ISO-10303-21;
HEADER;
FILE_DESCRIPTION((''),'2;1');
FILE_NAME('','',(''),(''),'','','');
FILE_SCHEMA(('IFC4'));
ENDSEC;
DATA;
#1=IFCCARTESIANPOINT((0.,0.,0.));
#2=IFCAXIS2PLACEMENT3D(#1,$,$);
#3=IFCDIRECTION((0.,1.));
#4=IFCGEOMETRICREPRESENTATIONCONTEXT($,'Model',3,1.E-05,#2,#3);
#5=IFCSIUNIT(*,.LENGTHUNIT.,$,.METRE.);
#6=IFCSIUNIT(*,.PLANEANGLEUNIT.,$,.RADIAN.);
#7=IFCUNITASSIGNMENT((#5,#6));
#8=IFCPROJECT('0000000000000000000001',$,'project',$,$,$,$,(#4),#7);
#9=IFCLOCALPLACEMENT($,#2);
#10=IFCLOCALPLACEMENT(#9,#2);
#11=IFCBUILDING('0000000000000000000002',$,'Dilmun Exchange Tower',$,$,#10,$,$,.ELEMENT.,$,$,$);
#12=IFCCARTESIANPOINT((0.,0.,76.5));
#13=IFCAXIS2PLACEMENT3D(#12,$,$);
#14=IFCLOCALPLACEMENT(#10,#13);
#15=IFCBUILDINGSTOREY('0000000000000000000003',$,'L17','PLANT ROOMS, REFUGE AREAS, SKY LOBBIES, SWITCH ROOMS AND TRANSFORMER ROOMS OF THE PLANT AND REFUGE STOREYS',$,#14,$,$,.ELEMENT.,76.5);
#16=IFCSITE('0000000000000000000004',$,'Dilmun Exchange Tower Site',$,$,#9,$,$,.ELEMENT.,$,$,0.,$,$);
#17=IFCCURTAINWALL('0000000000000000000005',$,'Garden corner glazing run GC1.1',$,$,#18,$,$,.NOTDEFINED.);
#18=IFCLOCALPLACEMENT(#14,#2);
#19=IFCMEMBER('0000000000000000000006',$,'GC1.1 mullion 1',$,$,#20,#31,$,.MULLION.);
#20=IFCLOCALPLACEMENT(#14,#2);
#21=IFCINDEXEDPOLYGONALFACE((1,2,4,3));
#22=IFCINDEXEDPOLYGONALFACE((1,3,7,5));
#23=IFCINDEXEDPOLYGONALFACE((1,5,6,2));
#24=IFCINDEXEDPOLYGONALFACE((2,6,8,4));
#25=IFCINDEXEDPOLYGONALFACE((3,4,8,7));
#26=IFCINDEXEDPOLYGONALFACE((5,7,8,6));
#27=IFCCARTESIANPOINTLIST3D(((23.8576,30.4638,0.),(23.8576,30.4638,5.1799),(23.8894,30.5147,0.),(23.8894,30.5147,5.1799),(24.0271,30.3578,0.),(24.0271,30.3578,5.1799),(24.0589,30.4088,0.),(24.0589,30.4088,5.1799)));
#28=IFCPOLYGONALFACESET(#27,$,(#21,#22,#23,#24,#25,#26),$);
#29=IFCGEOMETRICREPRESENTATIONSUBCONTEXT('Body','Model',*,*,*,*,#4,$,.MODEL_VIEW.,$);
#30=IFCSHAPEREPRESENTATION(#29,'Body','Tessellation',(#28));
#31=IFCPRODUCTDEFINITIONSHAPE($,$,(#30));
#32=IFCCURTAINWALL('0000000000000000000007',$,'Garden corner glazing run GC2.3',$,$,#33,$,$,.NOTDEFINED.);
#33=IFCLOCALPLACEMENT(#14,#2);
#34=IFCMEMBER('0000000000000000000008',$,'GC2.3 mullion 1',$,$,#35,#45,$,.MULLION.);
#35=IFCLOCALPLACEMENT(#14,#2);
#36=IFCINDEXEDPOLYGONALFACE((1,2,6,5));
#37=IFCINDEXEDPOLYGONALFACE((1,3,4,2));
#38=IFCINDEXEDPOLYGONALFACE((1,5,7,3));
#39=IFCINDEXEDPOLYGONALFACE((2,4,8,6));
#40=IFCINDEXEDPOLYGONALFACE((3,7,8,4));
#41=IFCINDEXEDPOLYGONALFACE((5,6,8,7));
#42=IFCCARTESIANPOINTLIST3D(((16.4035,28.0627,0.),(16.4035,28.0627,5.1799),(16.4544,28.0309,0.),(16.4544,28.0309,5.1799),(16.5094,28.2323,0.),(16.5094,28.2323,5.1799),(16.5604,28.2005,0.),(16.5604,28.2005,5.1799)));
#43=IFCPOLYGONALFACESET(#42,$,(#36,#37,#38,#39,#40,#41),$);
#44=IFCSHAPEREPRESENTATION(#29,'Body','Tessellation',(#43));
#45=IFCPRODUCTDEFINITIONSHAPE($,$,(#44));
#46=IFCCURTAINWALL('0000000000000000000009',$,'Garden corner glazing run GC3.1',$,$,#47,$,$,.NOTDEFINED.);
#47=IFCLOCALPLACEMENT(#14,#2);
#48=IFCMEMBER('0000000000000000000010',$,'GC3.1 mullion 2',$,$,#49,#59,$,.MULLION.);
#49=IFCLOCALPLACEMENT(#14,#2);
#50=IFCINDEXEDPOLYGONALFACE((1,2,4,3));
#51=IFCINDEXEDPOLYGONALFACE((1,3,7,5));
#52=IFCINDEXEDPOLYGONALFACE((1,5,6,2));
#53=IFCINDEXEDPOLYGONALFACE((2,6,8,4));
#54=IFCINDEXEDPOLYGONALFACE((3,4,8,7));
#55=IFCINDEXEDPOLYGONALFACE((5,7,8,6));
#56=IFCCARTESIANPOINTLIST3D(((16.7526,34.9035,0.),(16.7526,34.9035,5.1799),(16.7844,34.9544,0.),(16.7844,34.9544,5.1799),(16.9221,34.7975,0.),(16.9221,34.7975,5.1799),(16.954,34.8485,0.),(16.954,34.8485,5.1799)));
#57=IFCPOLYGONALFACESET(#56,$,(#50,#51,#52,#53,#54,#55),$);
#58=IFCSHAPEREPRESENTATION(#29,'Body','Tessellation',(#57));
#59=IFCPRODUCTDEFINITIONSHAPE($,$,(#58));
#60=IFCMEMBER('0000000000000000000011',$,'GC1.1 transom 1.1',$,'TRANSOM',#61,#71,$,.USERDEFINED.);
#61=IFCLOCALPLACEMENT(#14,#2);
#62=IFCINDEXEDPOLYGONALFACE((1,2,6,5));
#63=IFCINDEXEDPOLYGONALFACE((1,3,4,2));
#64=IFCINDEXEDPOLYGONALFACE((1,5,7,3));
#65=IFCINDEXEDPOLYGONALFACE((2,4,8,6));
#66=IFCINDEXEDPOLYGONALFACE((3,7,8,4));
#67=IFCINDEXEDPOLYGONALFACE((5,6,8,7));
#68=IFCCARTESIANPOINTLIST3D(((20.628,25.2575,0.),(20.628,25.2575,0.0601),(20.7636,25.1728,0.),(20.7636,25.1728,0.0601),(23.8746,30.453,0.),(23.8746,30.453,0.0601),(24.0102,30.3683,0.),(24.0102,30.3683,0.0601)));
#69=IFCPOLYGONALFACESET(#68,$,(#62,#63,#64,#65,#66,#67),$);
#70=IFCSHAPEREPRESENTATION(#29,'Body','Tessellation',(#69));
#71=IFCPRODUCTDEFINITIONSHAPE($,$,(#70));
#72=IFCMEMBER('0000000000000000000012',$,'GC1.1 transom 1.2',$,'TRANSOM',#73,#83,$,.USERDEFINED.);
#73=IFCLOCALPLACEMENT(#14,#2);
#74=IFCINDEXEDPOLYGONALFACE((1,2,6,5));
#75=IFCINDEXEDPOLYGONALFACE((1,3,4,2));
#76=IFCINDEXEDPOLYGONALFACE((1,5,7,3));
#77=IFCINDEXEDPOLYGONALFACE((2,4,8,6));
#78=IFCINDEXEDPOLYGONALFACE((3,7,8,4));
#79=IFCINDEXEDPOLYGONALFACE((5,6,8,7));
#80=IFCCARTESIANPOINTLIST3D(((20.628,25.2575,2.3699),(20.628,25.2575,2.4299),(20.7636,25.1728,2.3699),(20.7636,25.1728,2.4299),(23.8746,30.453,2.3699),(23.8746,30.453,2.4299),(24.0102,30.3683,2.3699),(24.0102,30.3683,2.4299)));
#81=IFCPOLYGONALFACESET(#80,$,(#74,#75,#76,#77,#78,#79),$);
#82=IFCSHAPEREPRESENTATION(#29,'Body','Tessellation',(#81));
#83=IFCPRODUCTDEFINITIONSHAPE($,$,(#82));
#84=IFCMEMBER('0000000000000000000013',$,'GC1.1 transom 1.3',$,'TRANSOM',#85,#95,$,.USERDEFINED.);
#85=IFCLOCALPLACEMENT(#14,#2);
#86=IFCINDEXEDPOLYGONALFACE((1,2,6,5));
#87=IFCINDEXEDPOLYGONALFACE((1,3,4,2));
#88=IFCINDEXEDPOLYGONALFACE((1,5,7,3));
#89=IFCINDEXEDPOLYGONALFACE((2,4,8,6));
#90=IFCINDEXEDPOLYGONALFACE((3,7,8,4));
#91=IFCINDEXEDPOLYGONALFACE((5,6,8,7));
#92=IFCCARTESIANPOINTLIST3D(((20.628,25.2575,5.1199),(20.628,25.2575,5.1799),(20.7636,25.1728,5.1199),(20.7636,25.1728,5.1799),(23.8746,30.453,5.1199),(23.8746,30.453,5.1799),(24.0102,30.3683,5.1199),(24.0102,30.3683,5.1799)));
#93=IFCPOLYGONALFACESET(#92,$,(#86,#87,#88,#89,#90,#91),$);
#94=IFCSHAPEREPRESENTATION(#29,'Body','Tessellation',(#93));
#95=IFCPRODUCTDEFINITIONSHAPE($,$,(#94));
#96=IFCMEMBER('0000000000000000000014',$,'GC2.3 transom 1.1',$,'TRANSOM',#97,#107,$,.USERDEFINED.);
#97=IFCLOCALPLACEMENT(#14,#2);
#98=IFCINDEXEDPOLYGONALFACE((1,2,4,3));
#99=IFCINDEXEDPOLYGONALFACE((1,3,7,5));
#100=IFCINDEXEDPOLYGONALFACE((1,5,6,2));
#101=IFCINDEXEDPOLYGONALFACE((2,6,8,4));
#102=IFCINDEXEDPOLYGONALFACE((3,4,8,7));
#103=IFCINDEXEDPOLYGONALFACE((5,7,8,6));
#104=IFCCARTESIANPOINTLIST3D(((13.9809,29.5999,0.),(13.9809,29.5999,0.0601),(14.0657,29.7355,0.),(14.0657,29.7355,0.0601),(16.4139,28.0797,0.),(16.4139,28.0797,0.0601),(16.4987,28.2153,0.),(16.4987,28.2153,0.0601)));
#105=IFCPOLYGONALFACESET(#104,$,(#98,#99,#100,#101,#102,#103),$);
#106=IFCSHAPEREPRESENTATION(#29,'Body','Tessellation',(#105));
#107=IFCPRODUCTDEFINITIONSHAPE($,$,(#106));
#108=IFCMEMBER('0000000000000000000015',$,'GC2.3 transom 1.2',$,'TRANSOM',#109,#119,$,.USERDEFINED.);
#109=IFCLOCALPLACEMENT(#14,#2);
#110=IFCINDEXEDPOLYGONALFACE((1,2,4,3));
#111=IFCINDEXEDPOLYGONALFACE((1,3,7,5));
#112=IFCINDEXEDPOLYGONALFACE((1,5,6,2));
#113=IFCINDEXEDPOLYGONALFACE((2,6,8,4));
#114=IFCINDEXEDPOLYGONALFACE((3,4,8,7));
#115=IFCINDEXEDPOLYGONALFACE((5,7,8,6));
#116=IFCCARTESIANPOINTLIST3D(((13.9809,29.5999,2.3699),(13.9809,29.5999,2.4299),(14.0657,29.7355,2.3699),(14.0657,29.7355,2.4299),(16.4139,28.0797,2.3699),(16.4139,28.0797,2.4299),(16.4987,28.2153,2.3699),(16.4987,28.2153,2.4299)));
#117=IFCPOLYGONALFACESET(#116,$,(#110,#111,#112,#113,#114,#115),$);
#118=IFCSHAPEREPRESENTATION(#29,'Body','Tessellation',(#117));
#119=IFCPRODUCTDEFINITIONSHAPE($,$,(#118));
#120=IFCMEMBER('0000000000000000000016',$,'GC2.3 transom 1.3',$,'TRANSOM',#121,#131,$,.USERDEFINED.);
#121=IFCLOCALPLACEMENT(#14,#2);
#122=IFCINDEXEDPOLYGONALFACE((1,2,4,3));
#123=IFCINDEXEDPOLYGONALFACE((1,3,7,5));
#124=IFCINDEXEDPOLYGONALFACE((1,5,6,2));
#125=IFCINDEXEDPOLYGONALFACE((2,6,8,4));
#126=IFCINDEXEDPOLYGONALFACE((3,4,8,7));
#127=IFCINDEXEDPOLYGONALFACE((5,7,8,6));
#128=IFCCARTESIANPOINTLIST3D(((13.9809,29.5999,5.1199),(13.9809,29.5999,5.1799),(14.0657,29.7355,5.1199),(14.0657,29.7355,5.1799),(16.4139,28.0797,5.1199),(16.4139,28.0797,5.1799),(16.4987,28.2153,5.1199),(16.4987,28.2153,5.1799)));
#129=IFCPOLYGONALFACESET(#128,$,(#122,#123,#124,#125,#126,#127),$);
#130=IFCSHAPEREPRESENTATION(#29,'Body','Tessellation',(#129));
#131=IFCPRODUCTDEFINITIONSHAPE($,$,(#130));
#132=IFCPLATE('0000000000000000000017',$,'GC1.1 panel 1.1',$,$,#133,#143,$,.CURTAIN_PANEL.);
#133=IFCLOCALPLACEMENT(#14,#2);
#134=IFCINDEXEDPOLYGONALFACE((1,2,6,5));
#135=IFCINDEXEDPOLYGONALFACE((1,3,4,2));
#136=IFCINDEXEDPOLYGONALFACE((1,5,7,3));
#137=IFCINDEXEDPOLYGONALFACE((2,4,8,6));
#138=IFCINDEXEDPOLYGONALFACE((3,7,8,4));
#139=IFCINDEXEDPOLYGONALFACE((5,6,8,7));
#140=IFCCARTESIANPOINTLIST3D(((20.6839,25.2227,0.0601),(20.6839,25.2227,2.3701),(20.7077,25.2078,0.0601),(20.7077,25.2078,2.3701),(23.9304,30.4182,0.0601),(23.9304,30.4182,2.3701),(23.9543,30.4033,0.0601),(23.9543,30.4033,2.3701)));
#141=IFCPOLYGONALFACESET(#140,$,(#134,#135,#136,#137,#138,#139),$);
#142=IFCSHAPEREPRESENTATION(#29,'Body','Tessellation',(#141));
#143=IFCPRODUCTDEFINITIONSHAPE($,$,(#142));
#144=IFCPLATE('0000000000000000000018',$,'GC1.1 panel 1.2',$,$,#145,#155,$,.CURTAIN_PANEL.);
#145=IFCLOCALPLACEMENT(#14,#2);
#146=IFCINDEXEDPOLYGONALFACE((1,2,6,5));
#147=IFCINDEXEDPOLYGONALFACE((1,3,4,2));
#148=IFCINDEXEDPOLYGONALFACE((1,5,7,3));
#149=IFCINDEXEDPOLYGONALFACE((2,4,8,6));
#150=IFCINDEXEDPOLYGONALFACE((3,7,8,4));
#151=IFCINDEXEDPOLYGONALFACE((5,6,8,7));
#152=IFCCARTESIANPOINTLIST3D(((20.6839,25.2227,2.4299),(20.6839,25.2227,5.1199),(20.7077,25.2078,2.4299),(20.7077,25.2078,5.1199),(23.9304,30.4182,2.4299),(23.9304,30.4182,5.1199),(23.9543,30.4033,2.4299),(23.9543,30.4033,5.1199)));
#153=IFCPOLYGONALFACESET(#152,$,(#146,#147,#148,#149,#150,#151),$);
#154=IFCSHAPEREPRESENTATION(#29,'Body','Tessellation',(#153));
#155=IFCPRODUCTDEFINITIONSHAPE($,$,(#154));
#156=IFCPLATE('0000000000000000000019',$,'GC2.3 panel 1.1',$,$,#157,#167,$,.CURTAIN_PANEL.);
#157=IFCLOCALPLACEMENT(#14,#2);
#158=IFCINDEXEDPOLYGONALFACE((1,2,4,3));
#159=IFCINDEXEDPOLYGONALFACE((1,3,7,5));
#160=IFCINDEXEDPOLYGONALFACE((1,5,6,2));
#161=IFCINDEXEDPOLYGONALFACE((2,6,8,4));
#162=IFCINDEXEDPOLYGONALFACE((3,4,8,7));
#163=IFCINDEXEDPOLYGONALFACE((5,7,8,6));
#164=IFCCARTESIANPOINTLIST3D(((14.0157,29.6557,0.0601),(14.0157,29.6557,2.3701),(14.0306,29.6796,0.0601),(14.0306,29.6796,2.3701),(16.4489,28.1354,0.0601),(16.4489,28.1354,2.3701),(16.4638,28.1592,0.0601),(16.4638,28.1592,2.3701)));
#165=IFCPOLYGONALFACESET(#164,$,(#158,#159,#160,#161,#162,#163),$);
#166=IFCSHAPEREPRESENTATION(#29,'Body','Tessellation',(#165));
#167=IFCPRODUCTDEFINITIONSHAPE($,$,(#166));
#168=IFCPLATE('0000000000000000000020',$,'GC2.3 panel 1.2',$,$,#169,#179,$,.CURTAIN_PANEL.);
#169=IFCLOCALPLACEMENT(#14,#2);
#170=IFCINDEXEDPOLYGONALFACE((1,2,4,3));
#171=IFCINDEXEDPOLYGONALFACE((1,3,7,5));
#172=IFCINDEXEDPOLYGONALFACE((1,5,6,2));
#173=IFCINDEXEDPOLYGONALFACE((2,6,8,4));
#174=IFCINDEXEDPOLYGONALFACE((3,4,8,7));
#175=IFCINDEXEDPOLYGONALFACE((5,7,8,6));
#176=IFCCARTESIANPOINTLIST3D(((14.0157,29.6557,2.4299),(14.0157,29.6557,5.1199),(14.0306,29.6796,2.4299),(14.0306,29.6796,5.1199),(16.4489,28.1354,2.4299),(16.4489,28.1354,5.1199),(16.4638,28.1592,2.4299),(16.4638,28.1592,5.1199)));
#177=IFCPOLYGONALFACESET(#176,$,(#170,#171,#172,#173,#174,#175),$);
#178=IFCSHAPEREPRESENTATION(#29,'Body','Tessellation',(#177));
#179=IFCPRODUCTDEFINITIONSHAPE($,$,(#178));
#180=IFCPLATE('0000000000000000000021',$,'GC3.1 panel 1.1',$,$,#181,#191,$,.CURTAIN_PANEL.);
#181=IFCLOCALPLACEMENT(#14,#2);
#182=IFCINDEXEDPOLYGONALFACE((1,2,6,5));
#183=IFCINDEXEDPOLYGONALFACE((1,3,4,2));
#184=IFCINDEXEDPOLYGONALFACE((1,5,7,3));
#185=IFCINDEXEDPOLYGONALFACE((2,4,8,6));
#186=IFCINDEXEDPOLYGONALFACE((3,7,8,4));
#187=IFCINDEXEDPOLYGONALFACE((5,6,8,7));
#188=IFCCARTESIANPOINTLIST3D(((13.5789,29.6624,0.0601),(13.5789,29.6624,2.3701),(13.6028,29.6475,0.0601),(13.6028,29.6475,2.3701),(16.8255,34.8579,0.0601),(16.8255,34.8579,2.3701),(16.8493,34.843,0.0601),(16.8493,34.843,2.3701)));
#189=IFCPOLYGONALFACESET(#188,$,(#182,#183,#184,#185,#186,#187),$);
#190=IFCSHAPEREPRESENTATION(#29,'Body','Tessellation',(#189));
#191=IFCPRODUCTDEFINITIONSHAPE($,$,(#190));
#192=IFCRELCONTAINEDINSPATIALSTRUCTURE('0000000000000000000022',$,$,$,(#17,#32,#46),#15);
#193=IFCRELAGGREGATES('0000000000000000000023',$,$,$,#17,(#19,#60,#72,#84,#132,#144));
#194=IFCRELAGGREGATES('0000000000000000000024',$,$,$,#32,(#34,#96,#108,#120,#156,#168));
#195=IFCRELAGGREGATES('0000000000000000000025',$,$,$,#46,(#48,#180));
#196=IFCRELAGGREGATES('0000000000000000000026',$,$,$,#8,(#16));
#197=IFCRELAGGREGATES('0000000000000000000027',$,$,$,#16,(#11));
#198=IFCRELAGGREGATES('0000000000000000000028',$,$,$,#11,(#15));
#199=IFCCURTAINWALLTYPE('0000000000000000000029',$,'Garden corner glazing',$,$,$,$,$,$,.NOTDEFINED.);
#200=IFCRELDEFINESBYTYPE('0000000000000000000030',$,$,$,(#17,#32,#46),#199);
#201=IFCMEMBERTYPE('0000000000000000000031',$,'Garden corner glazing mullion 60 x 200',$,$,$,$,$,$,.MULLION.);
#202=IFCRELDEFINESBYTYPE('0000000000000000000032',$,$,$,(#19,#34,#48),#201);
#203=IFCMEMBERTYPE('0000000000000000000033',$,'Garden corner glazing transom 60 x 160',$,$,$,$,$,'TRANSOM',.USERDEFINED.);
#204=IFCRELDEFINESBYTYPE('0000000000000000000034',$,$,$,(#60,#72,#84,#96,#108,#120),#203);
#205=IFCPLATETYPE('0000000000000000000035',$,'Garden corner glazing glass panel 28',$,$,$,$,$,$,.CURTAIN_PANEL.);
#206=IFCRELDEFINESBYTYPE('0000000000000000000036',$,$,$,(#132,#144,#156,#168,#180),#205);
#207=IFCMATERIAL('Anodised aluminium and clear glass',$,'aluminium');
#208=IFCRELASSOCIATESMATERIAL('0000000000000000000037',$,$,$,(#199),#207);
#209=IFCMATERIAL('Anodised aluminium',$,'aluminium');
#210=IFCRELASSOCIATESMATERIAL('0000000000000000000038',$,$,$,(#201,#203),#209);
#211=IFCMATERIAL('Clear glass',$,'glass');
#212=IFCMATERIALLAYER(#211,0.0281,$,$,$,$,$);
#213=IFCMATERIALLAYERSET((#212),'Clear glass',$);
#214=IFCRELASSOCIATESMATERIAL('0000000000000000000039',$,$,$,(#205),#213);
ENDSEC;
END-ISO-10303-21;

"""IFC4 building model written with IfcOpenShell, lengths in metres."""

from ifc_helpers import new_model, si_unit, direction, frame, origin, origin_2d, place, context, subcontext, project, spatial, rectangle, extrude, material, layer, layer_set, material_profile, profile_set, type_object, element, aggregate, save


model = new_model("IFC4")

# Units and contexts
model_context = context("Model", 3, precision=1e-05, world=origin(), true_north=direction((0.0, 1.0)))
body_context = subcontext(model_context, "Body", "Model", "MODEL_VIEW")
ifc_project = project(units=[si_unit("LENGTHUNIT", "METRE"), si_unit("PLANEANGLEUNIT", "RADIAN")], contexts=[model_context])

# Site, building, storey
site_placement = place(None, origin())
site = spatial("IfcSite", under=ifc_project, at=site_placement, Name="Dilmun Exchange Tower Site", CompositionType="ELEMENT", RefElevation=0.0)
building_placement = place(site_placement, origin())
building = spatial("IfcBuilding", under=site, at=building_placement, Name="Dilmun Exchange Tower", CompositionType="ELEMENT")
storey_placement = place(building_placement, frame((0.0, 0.0, 76.5)))
storey = spatial("IfcBuildingStorey", under=building, at=storey_placement, Name="L17", Description="PLANT ROOMS, REFUGE AREAS, SKY LOBBIES, SWITCH ROOMS AND TRANSFORMER ROOMS OF THE PLANT AND REFUGE STOREYS", CompositionType="ELEMENT", Elevation=76.5)

# Curtain walls, members
ifc_material_1 = material(Name="Anodised aluminium and clear glass", Category="aluminium")
curtain_wall_type = type_object("IfcCurtainWallType", Name="Garden corner glazing", PredefinedType="NOTDEFINED", material=ifc_material_1)
curtain_wall_1_placement = place(storey_placement, origin())
curtain_wall_1 = element("IfcCurtainWall", 1, at=curtain_wall_1_placement, inside=storey, type_object=curtain_wall_type, Name="Garden corner glazing run GC1.1", PredefinedType="NOTDEFINED")
ifc_material_2 = material(Name="Anodised aluminium", Category="aluminium")
ifc_material_profile_1 = material_profile(ifc_material_2, rectangle(XDim=0.2, YDim=0.0601, at=origin_2d()), Name="AL 60x200")
ifc_profile_set_1 = profile_set([ifc_material_profile_1], Name="Anodised aluminium")
member_type_1 = type_object("IfcMemberType", Name="Garden corner glazing mullion 60 x 200", PredefinedType="MULLION", material=ifc_profile_set_1)
member_1_placement = place(storey_placement, frame((23.9583, 30.4363, 0.0), z_axis=(0.0, 0.0, 1.0), x_axis=(0.84805, -0.529917, 0.0)))
member_1 = element("IfcMember", 2, at=member_1_placement, type_object=member_type_1, Name="GC1.1 mullion 1", PredefinedType="MULLION", context=body_context, shape_type="SweptSolid", body=[
    extrude(rectangle(XDim=0.2, YDim=0.0601, at=origin_2d()), origin(), (0.0, 0.0, 1.0), 5.1799),
])
curtain_wall_2_placement = place(storey_placement, origin())
curtain_wall_2 = element("IfcCurtainWall", 3, at=curtain_wall_2_placement, inside=storey, type_object=curtain_wall_type, Name="Garden corner glazing run GC2.3", PredefinedType="NOTDEFINED")
member_2_placement = place(storey_placement, frame((16.4819, 28.1316, 0.0), z_axis=(0.0, 0.0, 1.0), x_axis=(-0.5299, -0.84806, 0.0)))
member_2 = element("IfcMember", 4, at=member_2_placement, type_object=member_type_1, Name="GC2.3 mullion 1", PredefinedType="MULLION", context=body_context, shape_type="SweptSolid", body=[
    extrude(rectangle(XDim=0.2, YDim=0.0601, at=origin_2d()), origin(), (0.0, 0.0, 1.0), 5.1799),
])
curtain_wall_3_placement = place(storey_placement, origin())
curtain_wall_3 = element("IfcCurtainWall", 5, at=curtain_wall_3_placement, inside=storey, type_object=curtain_wall_type, Name="Garden corner glazing run GC3.1", PredefinedType="NOTDEFINED")
member_3_placement = place(storey_placement, frame((16.8533, 34.876, 0.0), z_axis=(0.0, 0.0, 1.0), x_axis=(-0.84805, 0.529917, 0.0)))
member_3 = element("IfcMember", 6, at=member_3_placement, type_object=member_type_1, Name="GC3.1 mullion 2", PredefinedType="MULLION", context=body_context, shape_type="SweptSolid", body=[
    extrude(rectangle(XDim=0.2, YDim=0.0601, at=origin_2d()), origin(), (0.0, 0.0, 1.0), 5.1799),
])

# Members
ifc_material_profile_2 = material_profile(ifc_material_2, rectangle(XDim=0.1599, YDim=0.0601, at=origin_2d()), Name="AL 60x160")
ifc_profile_set_2 = profile_set([ifc_material_profile_2], Name="Anodised aluminium")
member_type_2 = type_object("IfcMemberType", Name="Garden corner glazing transom 60 x 160", ElementType="TRANSOM", PredefinedType="USERDEFINED", material=ifc_profile_set_2)
member_4_placement = place(storey_placement, frame((23.9424, 30.4106, 0.03), z_axis=(-0.529924, -0.848045, 0.0), x_axis=(0.848045, -0.529924, 0.0)))
member_4 = element("IfcMember", 7, at=member_4_placement, type_object=member_type_2, Name="GC1.1 transom 1.1", ObjectType="TRANSOM", PredefinedType="USERDEFINED", context=body_context, shape_type="SweptSolid", body=[
    extrude(rectangle(XDim=0.1599, YDim=0.0601, at=origin_2d()), origin(), (0.0, 0.0, 1.0), 6.1265),
])
member_5_placement = place(storey_placement, frame((23.9424, 30.4106, 2.3999), z_axis=(-0.529924, -0.848045, 0.0), x_axis=(0.848045, -0.529924, 0.0)))
member_5 = element("IfcMember", 8, at=member_5_placement, type_object=member_type_2, Name="GC1.1 transom 1.2", ObjectType="TRANSOM", PredefinedType="USERDEFINED", context=body_context, shape_type="SweptSolid", body=[
    extrude(rectangle(XDim=0.1599, YDim=0.0601, at=origin_2d()), origin(), (0.0, 0.0, 1.0), 6.1265),
])
member_6_placement = place(storey_placement, frame((23.9424, 30.4106, 5.1499), z_axis=(-0.529924, -0.848045, 0.0), x_axis=(0.848045, -0.529924, 0.0)))
member_6 = element("IfcMember", 9, at=member_6_placement, type_object=member_type_2, Name="GC1.1 transom 1.3", ObjectType="TRANSOM", PredefinedType="USERDEFINED", context=body_context, shape_type="SweptSolid", body=[
    extrude(rectangle(XDim=0.1599, YDim=0.0601, at=origin_2d()), origin(), (0.0, 0.0, 1.0), 6.1265),
])
member_7_placement = place(storey_placement, frame((16.4563, 28.1475, 0.03), z_axis=(-0.848065, 0.529892, 0.0), x_axis=(-0.529892, -0.848065, 0.0)))
member_7 = element("IfcMember", 10, at=member_7_placement, type_object=member_type_2, Name="GC2.3 transom 1.1", ObjectType="TRANSOM", PredefinedType="USERDEFINED", context=body_context, shape_type="SweptSolid", body=[
    extrude(rectangle(XDim=0.1599, YDim=0.0601, at=origin_2d()), origin(), (0.0, 0.0, 1.0), 2.8689),
])
member_8_placement = place(storey_placement, frame((16.4563, 28.1475, 2.3999), z_axis=(-0.848065, 0.529892, 0.0), x_axis=(-0.529892, -0.848065, 0.0)))
member_8 = element("IfcMember", 11, at=member_8_placement, type_object=member_type_2, Name="GC2.3 transom 1.2", ObjectType="TRANSOM", PredefinedType="USERDEFINED", context=body_context, shape_type="SweptSolid", body=[
    extrude(rectangle(XDim=0.1599, YDim=0.0601, at=origin_2d()), origin(), (0.0, 0.0, 1.0), 2.8689),
])
member_9_placement = place(storey_placement, frame((16.4563, 28.1475, 5.1499), z_axis=(-0.848065, 0.529892, 0.0), x_axis=(-0.529892, -0.848065, 0.0)))
member_9 = element("IfcMember", 12, at=member_9_placement, type_object=member_type_2, Name="GC2.3 transom 1.3", ObjectType="TRANSOM", PredefinedType="USERDEFINED", context=body_context, shape_type="SweptSolid", body=[
    extrude(rectangle(XDim=0.1599, YDim=0.0601, at=origin_2d()), origin(), (0.0, 0.0, 1.0), 2.8689),
])

# Plates
ifc_material_3 = material(Name="Clear glass", Category="glass")
ifc_layer_1 = layer(ifc_material_3, 0.0281)
ifc_layer_set_1 = layer_set([ifc_layer_1], Name="Clear glass")
plate_type = type_object("IfcPlateType", Name="Garden corner glazing glass panel 28", PredefinedType="CURTAIN_PANEL", material=ifc_layer_set_1)
plate_1_placement = place(storey_placement, frame((22.3191, 27.813, 0.0601), z_axis=(0.0, 0.0, 1.0), x_axis=(-0.529917, -0.84805, 0.0)))
plate_1 = element("IfcPlate", 13, at=plate_1_placement, type_object=plate_type, Name="GC1.1 panel 1.1", PredefinedType="CURTAIN_PANEL", context=body_context, shape_type="SweptSolid", body=[
    extrude(rectangle(XDim=6.1265, YDim=0.0281, at=origin_2d()), origin(), (0.0, 0.0, 1.0), 2.3101),
])
plate_2_placement = place(storey_placement, frame((22.3191, 27.813, 2.4299), z_axis=(0.0, 0.0, 1.0), x_axis=(-0.529917, -0.84805, 0.0)))
plate_2 = element("IfcPlate", 14, at=plate_2_placement, type_object=plate_type, Name="GC1.1 panel 1.2", PredefinedType="CURTAIN_PANEL", context=body_context, shape_type="SweptSolid", body=[
    extrude(rectangle(XDim=6.1265, YDim=0.0281, at=origin_2d()), origin(), (0.0, 0.0, 1.0), 2.6899),
])
aggregate(curtain_wall_1, [member_1, member_4, member_5, member_6, plate_1, plate_2])
plate_3_placement = place(storey_placement, frame((15.2397, 28.9075, 0.0601), z_axis=(0.0, 0.0, 1.0), x_axis=(-0.84806, 0.5299, 0.0)))
plate_3 = element("IfcPlate", 15, at=plate_3_placement, type_object=plate_type, Name="GC2.3 panel 1.1", PredefinedType="CURTAIN_PANEL", context=body_context, shape_type="SweptSolid", body=[
    extrude(rectangle(XDim=2.8691, YDim=0.0281, at=origin_2d()), origin(), (0.0, 0.0, 1.0), 2.3101),
])
plate_4_placement = place(storey_placement, frame((15.2397, 28.9075, 2.4299), z_axis=(0.0, 0.0, 1.0), x_axis=(-0.84806, 0.5299, 0.0)))
plate_4 = element("IfcPlate", 16, at=plate_4_placement, type_object=plate_type, Name="GC2.3 panel 1.2", PredefinedType="CURTAIN_PANEL", context=body_context, shape_type="SweptSolid", body=[
    extrude(rectangle(XDim=2.8691, YDim=0.0281, at=origin_2d()), origin(), (0.0, 0.0, 1.0), 2.6899),
])
aggregate(curtain_wall_2, [member_2, member_7, member_8, member_9, plate_3, plate_4])
plate_5_placement = place(storey_placement, frame((15.2141, 32.2527, 0.0601), z_axis=(0.0, 0.0, 1.0), x_axis=(0.529917, 0.84805, 0.0)))
plate_5 = element("IfcPlate", 17, at=plate_5_placement, type_object=plate_type, Name="GC3.1 panel 1.1", PredefinedType="CURTAIN_PANEL", context=body_context, shape_type="SweptSolid", body=[
    extrude(rectangle(XDim=6.1265, YDim=0.0281, at=origin_2d()), origin(), (0.0, 0.0, 1.0), 2.3101),
])
aggregate(curtain_wall_3, [member_3, plate_5])

save(model, "model.ifc")
